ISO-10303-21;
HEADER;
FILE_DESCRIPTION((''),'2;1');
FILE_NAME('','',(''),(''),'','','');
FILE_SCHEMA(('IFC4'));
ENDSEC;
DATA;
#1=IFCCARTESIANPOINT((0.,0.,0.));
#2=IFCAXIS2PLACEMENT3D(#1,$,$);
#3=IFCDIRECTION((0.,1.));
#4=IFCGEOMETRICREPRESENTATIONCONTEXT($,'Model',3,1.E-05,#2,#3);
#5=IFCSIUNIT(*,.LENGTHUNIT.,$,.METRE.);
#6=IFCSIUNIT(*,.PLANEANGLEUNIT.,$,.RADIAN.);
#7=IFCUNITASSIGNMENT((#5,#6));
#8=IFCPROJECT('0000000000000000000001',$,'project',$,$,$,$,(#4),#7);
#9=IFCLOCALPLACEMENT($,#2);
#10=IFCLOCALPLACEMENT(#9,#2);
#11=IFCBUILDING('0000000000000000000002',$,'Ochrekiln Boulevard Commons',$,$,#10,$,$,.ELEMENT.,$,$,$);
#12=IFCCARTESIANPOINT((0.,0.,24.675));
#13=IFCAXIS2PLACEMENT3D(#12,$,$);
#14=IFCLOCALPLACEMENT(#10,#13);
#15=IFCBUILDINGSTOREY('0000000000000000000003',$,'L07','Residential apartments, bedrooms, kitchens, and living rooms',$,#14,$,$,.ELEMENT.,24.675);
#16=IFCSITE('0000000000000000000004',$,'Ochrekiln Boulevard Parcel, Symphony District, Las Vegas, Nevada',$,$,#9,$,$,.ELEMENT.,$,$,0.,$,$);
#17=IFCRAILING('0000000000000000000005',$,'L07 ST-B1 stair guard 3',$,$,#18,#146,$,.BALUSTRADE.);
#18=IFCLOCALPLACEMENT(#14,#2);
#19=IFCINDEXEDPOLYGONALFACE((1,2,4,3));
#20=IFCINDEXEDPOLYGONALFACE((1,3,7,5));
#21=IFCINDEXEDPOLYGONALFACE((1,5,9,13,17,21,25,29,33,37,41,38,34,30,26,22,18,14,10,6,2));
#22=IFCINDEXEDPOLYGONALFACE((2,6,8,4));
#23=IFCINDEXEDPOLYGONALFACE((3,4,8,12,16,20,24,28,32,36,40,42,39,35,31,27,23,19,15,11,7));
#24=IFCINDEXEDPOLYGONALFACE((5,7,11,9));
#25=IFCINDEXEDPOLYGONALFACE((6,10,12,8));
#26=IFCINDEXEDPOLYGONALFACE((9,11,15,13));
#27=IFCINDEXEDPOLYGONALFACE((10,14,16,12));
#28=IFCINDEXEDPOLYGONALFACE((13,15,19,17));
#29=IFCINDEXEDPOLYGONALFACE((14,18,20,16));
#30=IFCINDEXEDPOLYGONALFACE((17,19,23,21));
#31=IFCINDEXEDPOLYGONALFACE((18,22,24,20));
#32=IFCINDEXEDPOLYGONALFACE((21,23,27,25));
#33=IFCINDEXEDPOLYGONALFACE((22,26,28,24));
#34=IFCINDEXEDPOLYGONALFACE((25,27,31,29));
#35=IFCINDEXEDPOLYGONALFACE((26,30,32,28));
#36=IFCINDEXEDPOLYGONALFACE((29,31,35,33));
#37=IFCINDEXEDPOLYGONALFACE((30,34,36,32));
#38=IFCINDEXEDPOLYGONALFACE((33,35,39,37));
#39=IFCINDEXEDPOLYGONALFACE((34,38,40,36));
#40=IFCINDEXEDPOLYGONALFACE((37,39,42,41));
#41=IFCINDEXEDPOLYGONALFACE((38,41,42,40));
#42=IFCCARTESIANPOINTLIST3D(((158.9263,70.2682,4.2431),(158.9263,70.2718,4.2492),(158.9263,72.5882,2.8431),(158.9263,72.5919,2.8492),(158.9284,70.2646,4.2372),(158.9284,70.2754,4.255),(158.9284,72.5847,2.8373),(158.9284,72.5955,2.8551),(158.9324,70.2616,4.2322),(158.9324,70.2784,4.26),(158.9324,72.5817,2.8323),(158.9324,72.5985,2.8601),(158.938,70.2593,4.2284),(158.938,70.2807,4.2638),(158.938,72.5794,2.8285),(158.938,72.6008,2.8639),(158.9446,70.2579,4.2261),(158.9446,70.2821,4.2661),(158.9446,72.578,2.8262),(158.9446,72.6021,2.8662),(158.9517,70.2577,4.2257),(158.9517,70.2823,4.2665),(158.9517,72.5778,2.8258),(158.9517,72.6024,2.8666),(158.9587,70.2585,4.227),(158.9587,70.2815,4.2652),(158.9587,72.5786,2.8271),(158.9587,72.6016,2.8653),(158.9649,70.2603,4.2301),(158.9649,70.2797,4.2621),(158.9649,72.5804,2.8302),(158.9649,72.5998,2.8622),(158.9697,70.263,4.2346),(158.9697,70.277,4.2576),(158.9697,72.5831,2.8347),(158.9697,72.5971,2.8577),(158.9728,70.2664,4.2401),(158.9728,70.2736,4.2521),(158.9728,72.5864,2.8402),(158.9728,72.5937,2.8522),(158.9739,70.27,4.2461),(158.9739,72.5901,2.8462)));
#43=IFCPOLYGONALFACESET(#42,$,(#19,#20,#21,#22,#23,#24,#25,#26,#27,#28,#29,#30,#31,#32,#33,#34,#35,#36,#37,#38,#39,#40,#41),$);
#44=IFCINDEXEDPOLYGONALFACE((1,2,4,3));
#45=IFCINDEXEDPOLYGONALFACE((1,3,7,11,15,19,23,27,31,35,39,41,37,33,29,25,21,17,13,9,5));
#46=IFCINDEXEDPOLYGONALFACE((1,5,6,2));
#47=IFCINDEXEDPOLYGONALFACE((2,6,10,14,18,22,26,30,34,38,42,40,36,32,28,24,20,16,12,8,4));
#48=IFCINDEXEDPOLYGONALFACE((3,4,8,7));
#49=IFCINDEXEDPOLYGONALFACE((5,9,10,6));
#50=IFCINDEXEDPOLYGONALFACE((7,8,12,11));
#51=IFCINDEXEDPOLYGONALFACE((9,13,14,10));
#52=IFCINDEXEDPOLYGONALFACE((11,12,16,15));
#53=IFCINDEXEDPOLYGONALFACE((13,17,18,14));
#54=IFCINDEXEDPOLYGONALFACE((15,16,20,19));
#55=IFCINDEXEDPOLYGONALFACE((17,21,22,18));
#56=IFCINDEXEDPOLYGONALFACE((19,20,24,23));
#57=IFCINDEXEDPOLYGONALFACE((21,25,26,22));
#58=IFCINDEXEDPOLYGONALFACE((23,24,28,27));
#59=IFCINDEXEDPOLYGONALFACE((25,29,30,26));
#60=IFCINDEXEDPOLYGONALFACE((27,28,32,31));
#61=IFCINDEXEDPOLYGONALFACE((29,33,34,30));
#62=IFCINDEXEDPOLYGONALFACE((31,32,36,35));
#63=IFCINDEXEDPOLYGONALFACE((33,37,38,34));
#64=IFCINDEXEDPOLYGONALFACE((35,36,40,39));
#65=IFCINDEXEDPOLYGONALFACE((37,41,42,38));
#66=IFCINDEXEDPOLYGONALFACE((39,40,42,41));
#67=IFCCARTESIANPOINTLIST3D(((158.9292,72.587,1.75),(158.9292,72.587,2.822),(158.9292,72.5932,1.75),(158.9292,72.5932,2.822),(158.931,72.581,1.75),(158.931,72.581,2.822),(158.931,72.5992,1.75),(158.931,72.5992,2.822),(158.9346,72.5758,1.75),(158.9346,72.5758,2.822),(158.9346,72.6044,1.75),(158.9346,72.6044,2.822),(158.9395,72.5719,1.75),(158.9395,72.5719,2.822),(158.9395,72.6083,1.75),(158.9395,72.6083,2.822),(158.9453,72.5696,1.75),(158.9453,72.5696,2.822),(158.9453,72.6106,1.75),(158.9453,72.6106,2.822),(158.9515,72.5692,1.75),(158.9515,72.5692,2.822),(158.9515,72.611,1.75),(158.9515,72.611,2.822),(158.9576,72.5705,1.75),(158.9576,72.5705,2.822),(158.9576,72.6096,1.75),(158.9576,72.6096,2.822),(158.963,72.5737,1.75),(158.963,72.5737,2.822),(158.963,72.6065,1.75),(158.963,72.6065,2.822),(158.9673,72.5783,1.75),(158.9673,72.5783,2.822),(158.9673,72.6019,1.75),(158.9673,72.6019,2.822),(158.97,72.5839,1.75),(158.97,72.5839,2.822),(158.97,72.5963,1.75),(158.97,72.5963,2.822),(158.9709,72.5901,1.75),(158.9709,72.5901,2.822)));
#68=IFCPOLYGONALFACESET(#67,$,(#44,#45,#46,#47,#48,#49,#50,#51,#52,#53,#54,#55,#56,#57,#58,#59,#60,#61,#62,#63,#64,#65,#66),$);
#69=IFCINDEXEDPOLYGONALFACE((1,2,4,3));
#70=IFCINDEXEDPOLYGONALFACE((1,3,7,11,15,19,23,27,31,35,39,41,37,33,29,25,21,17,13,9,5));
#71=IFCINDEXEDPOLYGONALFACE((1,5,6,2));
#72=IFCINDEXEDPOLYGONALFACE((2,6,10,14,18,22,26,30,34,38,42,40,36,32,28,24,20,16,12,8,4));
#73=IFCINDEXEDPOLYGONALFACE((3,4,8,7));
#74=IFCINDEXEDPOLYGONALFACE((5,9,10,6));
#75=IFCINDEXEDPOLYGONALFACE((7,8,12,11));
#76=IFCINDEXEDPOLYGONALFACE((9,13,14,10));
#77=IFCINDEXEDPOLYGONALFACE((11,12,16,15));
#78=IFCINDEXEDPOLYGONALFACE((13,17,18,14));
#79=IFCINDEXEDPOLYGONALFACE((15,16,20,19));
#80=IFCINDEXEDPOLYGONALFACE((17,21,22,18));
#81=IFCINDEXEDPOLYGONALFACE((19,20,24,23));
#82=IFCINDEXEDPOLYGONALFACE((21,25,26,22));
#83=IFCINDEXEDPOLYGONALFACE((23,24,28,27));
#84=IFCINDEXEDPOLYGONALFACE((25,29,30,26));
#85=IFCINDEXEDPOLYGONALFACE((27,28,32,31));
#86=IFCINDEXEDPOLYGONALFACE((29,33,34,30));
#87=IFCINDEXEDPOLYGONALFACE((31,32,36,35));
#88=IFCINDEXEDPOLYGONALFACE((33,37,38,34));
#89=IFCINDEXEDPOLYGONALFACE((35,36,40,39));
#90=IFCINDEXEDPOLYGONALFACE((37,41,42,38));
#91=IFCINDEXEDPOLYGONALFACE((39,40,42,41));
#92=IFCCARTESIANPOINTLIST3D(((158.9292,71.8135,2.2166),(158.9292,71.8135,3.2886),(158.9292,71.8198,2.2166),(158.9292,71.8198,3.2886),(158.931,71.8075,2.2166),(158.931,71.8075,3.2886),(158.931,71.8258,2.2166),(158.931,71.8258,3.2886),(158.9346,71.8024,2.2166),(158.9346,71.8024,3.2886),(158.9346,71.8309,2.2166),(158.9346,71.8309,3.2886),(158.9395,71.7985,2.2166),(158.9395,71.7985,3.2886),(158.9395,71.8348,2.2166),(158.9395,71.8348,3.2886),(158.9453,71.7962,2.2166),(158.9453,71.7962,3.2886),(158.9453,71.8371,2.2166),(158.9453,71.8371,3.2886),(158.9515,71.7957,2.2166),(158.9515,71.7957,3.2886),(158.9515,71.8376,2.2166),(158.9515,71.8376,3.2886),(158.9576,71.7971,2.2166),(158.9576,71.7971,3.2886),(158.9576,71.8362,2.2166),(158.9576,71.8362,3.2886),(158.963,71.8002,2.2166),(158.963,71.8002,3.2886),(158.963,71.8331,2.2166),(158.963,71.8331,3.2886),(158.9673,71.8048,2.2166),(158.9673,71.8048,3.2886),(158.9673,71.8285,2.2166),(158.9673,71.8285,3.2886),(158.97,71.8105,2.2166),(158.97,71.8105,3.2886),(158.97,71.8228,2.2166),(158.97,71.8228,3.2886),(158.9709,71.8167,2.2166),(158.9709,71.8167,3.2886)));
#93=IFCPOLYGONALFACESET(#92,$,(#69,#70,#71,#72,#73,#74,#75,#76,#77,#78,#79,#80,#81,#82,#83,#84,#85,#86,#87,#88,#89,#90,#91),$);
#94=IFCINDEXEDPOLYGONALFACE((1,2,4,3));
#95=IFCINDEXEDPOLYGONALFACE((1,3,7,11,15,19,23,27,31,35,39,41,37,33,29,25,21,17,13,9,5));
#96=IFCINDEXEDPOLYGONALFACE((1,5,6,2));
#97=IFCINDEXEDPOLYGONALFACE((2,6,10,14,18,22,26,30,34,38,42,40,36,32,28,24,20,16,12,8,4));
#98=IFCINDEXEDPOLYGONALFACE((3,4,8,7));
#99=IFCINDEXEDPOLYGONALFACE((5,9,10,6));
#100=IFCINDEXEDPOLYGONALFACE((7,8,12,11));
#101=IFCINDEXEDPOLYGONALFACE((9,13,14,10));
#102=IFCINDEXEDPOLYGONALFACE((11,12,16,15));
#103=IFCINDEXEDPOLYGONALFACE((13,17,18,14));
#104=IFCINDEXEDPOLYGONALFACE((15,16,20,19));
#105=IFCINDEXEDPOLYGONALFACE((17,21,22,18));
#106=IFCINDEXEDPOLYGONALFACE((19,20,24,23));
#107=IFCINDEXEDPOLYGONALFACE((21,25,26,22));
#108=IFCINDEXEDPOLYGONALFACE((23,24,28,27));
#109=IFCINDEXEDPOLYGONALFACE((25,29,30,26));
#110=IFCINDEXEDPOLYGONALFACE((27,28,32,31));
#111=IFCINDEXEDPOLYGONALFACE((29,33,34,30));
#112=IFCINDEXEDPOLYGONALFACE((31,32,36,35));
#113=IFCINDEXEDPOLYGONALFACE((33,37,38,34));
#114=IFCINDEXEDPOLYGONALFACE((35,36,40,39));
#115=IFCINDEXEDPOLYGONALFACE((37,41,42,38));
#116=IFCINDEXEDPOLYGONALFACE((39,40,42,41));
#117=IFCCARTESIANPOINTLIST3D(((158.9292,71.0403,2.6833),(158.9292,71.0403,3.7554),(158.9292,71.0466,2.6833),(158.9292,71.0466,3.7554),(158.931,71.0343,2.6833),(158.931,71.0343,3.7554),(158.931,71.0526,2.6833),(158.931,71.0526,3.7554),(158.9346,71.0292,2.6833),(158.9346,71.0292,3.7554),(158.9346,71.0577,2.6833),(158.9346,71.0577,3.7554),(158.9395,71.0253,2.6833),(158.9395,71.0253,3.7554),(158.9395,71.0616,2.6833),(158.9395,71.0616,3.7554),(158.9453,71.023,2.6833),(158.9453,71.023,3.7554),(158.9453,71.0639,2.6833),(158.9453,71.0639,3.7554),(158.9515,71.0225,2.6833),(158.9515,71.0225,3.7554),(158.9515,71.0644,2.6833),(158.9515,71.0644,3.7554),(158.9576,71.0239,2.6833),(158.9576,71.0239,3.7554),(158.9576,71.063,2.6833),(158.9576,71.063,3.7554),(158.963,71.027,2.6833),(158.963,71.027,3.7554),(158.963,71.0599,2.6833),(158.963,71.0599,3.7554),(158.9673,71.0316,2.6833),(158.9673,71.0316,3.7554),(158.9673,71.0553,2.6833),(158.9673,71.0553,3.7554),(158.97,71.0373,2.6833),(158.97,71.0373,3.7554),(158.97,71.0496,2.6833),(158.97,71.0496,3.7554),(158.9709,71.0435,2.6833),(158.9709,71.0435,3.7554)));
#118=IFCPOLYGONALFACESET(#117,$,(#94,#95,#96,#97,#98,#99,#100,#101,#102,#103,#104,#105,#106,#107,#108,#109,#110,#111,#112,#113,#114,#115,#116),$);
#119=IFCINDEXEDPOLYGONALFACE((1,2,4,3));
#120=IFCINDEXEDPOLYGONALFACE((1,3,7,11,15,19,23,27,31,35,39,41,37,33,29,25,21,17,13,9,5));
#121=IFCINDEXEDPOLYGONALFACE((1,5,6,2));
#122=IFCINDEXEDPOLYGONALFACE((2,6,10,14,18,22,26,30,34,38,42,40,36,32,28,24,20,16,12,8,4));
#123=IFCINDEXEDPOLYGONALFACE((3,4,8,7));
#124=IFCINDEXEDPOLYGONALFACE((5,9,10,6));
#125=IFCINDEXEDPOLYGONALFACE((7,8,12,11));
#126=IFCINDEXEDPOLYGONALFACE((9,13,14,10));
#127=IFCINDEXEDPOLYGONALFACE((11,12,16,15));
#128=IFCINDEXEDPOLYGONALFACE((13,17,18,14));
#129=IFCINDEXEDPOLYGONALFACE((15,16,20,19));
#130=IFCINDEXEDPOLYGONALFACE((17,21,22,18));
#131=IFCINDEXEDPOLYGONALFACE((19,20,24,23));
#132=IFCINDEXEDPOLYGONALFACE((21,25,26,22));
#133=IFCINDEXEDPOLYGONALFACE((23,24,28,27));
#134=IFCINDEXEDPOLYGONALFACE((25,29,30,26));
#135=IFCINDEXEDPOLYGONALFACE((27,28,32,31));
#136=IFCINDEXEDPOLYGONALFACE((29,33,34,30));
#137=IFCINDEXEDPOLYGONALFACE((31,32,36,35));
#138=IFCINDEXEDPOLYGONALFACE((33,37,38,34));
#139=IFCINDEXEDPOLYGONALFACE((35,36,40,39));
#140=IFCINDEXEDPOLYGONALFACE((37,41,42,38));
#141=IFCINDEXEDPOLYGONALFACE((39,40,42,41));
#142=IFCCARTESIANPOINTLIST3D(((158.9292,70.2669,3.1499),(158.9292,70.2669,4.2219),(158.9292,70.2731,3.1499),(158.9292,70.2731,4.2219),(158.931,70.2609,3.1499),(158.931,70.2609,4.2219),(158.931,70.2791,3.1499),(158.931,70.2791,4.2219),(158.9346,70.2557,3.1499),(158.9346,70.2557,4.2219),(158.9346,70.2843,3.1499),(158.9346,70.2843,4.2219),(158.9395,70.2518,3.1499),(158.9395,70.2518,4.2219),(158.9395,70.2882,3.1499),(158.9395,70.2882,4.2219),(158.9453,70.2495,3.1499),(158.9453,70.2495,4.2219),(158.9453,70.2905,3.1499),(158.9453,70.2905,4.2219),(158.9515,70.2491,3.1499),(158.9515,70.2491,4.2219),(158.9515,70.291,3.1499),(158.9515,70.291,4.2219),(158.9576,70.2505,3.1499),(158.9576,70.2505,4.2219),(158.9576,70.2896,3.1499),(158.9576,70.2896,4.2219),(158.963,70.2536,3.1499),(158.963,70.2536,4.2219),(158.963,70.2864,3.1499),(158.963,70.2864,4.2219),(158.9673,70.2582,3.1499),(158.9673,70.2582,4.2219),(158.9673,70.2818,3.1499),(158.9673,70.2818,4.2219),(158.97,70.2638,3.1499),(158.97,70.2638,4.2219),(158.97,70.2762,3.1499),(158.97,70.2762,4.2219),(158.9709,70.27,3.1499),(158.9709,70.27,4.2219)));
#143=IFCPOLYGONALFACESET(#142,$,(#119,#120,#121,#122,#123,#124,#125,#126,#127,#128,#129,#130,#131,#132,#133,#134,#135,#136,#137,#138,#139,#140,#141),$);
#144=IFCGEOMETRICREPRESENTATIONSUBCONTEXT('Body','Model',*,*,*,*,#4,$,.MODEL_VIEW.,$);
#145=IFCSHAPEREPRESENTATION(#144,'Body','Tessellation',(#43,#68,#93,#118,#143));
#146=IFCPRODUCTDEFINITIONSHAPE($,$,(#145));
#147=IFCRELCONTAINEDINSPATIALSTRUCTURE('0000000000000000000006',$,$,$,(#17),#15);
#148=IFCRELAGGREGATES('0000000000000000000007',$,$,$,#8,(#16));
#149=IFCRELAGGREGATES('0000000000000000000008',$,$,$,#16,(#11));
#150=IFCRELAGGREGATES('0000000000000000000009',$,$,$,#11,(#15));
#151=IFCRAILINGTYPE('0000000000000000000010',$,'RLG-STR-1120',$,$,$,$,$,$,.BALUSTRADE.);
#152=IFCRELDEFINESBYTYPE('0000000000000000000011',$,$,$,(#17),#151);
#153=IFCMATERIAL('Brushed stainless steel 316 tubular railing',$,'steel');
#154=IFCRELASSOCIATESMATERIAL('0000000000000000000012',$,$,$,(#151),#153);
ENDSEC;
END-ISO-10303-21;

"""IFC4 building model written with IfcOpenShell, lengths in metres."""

from ifc_helpers import new_model, si_unit, direction, frame, origin, origin_2d, place, context, subcontext, project, spatial, circle, extrude, material, type_object, element, save


model = new_model("IFC4")

# Units and contexts
model_context = context("Model", 3, precision=1e-05, world=origin(), true_north=direction((0.0, 1.0)))
body_context = subcontext(model_context, "Body", "Model", "MODEL_VIEW")
ifc_project = project(units=[si_unit("LENGTHUNIT", "METRE"), si_unit("PLANEANGLEUNIT", "RADIAN")], contexts=[model_context])

# Site, building, storey
site_placement = place(None, origin())
site = spatial("IfcSite", under=ifc_project, at=site_placement, Name="Ochrekiln Boulevard Parcel, Symphony District, Las Vegas, Nevada", CompositionType="ELEMENT", RefElevation=0.0)
building_placement = place(site_placement, origin())
building = spatial("IfcBuilding", under=site, at=building_placement, Name="Ochrekiln Boulevard Commons", CompositionType="ELEMENT")
storey_placement = place(building_placement, frame((0.0, 0.0, 24.675)))
storey = spatial("IfcBuildingStorey", under=building, at=storey_placement, Name="L07", Description="Residential apartments, bedrooms, kitchens, and living rooms", CompositionType="ELEMENT", Elevation=24.675)

# Railing
ifc_material_1 = material(Name="Brushed stainless steel 316 tubular railing", Category="steel")
railing_type_1 = type_object("IfcRailingType", Name="RLG-STR-1120", PredefinedType="BALUSTRADE", material=ifc_material_1)
railing_1_placement = place(storey_placement, frame((158.95, 72.5901, 1.75)))
element("IfcRailing", 1, at=railing_1_placement, inside=storey, type_object=railing_type_1, Name="L07 ST-B1 stair guard 3", PredefinedType="BALUSTRADE", context=body_context, shape_type="SweptSolid", body=[
    extrude(circle(Radius=0.0239, at=origin_2d()), frame((0.0, 0.0, 1.0962), z_axis=(0.0, -0.85621, 0.516627), x_axis=(1.0, 0.0, 0.0)), (0.0, 0.0, 1.0), 2.7097),
    extrude(circle(Radius=0.021, at=origin_2d()), origin(), (0.0, 0.0, 1.0), 1.072),
    extrude(circle(Radius=0.021, at=origin_2d()), frame((0.0, -0.7734, 0.4666)), (0.0, 0.0, 1.0), 1.072),
    extrude(circle(Radius=0.021, at=origin_2d()), frame((0.0, -1.5466, 0.9333)), (0.0, 0.0, 1.0), 1.072),
    extrude(circle(Radius=0.021, at=origin_2d()), frame((0.0, -2.3201, 1.3999)), (0.0, 0.0, 1.0), 1.072),
])

save(model, "model.ifc")
